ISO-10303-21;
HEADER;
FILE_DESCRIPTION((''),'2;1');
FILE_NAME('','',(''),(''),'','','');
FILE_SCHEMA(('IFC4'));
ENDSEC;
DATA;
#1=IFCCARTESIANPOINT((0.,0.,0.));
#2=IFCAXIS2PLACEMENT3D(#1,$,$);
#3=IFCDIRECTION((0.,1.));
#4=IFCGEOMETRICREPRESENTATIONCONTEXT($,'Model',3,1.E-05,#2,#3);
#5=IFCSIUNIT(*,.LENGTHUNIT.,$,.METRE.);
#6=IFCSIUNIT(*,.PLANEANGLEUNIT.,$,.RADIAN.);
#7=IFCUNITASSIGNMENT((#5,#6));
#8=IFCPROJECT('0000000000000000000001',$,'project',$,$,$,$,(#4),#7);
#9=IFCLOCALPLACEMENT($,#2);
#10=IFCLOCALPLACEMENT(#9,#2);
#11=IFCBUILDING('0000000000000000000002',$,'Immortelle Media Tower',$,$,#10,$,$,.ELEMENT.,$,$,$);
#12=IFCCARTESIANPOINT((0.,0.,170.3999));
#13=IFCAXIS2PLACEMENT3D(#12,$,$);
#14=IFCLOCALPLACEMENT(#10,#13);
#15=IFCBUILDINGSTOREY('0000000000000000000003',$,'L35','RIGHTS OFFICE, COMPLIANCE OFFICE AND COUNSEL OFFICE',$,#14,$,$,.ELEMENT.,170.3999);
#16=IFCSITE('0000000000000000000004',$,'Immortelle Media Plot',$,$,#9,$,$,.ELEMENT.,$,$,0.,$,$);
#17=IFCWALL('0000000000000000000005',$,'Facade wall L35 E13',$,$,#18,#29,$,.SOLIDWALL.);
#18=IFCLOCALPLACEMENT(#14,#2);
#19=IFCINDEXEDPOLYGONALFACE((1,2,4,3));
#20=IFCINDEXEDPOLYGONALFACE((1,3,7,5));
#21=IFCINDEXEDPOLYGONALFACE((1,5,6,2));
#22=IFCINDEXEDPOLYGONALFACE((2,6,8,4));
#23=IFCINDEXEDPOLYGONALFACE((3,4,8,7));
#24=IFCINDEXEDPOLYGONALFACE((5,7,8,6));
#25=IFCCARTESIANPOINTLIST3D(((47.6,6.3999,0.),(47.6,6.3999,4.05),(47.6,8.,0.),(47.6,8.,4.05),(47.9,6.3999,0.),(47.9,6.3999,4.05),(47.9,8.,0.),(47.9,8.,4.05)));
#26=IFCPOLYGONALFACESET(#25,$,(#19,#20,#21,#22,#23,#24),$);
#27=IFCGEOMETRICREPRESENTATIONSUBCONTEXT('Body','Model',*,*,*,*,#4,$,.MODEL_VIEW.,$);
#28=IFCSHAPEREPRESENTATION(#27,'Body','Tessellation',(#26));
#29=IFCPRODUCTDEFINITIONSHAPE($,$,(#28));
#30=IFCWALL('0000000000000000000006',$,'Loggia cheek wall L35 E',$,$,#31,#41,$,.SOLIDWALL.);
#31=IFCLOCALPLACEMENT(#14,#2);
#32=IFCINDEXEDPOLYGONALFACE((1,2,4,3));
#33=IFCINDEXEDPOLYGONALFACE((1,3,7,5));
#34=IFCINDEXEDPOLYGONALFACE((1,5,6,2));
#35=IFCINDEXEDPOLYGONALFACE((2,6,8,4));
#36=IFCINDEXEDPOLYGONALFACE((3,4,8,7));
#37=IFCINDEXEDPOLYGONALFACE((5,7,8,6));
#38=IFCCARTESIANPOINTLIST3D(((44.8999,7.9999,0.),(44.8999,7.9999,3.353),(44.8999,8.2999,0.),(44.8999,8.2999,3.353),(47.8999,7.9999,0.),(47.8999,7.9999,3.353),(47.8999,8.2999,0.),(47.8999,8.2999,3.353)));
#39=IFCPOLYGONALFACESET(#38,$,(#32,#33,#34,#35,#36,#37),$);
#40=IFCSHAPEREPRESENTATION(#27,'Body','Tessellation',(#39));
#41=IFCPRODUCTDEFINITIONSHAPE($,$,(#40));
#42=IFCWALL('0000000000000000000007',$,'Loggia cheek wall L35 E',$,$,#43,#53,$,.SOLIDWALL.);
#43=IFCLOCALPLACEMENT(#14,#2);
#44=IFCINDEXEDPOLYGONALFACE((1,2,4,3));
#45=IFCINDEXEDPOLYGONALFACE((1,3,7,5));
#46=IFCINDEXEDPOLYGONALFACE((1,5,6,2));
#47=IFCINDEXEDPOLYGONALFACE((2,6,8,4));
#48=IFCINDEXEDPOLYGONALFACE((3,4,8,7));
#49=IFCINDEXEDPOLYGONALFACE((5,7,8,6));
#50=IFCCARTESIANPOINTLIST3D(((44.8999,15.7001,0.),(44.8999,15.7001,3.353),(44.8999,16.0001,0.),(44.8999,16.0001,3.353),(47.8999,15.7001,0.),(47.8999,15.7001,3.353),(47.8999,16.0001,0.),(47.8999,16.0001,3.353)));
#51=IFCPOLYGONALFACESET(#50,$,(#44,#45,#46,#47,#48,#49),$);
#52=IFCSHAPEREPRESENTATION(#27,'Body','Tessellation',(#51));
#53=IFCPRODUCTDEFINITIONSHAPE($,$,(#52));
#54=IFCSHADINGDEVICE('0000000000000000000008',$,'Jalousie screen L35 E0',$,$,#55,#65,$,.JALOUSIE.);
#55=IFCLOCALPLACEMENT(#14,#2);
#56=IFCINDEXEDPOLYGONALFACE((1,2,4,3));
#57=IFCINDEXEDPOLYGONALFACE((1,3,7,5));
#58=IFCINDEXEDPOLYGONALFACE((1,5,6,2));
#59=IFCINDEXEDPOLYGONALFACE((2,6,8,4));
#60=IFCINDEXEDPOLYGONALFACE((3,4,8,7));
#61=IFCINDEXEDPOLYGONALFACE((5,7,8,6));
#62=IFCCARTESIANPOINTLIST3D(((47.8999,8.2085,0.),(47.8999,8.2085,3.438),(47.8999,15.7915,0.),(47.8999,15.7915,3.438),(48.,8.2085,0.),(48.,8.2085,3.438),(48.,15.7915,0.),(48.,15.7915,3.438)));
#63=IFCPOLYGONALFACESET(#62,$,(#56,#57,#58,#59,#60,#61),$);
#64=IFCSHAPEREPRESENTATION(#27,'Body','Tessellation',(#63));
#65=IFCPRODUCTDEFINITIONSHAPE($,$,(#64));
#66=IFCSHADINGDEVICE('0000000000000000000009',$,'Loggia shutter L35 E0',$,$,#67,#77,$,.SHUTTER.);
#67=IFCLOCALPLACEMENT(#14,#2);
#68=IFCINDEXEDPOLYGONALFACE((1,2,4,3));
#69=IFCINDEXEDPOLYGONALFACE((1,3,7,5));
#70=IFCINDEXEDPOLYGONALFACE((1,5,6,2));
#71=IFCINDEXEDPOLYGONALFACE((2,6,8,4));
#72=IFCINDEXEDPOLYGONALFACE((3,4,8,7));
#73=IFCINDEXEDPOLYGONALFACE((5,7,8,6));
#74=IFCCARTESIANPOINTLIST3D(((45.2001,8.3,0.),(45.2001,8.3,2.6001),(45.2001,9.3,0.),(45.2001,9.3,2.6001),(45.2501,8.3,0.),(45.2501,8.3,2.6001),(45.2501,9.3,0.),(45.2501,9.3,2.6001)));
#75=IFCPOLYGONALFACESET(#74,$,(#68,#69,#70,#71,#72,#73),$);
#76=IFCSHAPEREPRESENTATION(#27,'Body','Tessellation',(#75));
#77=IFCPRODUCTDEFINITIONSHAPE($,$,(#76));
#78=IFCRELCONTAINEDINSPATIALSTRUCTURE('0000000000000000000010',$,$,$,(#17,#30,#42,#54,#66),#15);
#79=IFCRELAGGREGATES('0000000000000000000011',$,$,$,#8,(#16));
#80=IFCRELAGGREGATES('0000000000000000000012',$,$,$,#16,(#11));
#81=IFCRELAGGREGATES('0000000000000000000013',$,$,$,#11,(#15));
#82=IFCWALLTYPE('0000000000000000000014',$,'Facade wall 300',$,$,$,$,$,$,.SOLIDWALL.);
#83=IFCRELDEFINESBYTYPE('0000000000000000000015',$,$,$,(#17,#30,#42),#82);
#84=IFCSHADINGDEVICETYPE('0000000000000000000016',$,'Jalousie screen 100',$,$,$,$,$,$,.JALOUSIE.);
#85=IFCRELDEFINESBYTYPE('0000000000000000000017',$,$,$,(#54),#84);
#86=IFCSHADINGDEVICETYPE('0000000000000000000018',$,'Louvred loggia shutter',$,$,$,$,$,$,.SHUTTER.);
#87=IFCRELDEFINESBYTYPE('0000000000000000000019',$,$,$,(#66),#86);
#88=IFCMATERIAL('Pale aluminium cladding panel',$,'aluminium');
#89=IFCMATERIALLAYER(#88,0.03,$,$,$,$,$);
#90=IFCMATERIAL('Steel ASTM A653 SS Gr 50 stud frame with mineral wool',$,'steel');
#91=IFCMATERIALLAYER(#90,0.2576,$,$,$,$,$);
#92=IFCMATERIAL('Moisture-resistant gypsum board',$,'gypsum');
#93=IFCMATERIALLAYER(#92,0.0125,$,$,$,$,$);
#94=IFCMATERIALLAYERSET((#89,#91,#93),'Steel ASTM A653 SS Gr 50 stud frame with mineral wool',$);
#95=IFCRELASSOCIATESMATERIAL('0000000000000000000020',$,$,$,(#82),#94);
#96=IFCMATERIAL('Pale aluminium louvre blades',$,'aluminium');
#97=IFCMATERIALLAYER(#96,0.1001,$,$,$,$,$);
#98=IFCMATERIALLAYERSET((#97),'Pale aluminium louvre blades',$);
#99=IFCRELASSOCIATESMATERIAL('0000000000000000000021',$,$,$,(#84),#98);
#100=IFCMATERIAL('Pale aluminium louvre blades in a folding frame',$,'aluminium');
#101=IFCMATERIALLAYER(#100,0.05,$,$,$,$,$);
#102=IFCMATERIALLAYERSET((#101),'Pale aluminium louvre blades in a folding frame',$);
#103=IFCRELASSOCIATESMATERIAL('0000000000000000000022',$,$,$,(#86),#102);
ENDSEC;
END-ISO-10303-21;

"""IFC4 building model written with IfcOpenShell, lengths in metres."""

from ifc_helpers import new_model, si_unit, direction, frame, frame_2d, origin, origin_2d, place, context, subcontext, project, spatial, rectangle, extrude, material, layer, layer_set, type_object, element, save


model = new_model("IFC4")

# Units and contexts
model_context = context("Model", 3, precision=1e-05, world=origin(), true_north=direction((0.0, 1.0)))
body_context = subcontext(model_context, "Body", "Model", "MODEL_VIEW")
ifc_project = project(units=[si_unit("LENGTHUNIT", "METRE"), si_unit("PLANEANGLEUNIT", "RADIAN")], contexts=[model_context])

# Site, building, storey
site_placement = place(None, origin())
site = spatial("IfcSite", under=ifc_project, at=site_placement, Name="Immortelle Media Plot", CompositionType="ELEMENT", RefElevation=0.0)
building_placement = place(site_placement, origin())
building = spatial("IfcBuilding", under=site, at=building_placement, Name="Immortelle Media Tower", CompositionType="ELEMENT")
storey_placement = place(building_placement, frame((0.0, 0.0, 170.3999)))
storey = spatial("IfcBuildingStorey", under=building, at=storey_placement, Name="L35", Description="RIGHTS OFFICE, COMPLIANCE OFFICE AND COUNSEL OFFICE", CompositionType="ELEMENT", Elevation=170.3999)

# Wall
ifc_material_1 = material(Name="Pale aluminium cladding panel", Category="aluminium")
ifc_layer_1 = layer(ifc_material_1, 0.03)
ifc_material_2 = material(Name="Steel ASTM A653 SS Gr 50 stud frame with mineral wool", Category="steel")
ifc_layer_2 = layer(ifc_material_2, 0.2576)
ifc_material_3 = material(Name="Moisture-resistant gypsum board", Category="gypsum")
ifc_layer_3 = layer(ifc_material_3, 0.0125)
ifc_layer_set_1 = layer_set([ifc_layer_1, ifc_layer_2, ifc_layer_3], Name="Steel ASTM A653 SS Gr 50 stud frame with mineral wool")
wall_type = type_object("IfcWallType", Name="Facade wall 300", PredefinedType="SOLIDWALL", material=ifc_layer_set_1)
wall_1_placement = place(storey_placement, frame((47.75, 6.3999, 0.0), z_axis=(0.0, 0.0, 1.0), x_axis=(0.0, 1.0, 0.0)))
element("IfcWall", 1, at=wall_1_placement, inside=storey, type_object=wall_type, Name="Facade wall L35 E13", PredefinedType="SOLIDWALL", context=body_context, shape_type="SweptSolid", body=[
    extrude(rectangle(XDim=1.6001, YDim=0.3, at=frame_2d((0.8, 0.0))), origin(), (0.0, 0.0, 1.0), 4.05),
])

# Walls
for number, where, z_axis, x_axis, name in (
    (2, (47.8999, 8.1499, 0.0), (0.0, 0.0, 1.0), (-1.0, 0.0, 0.0), "Loggia cheek wall L35 E"),
    (3, (47.8999, 15.8501, 0.0), (0.0, 0.0, 1.0), (-1.0, 0.0, 0.0), "Loggia cheek wall L35 E"),
):
    element("IfcWall", number, at=place(storey_placement, frame(where, z_axis=z_axis, x_axis=x_axis)), inside=storey, type_object=wall_type, Name=name, PredefinedType="SOLIDWALL", context=body_context, shape_type="SweptSolid", body=[
        extrude(rectangle(XDim=3.0, YDim=0.3, at=frame_2d((1.5, 0.0))), origin(), (0.0, 0.0, 1.0), 3.353),
    ])

# Shading devices
ifc_material_4 = material(Name="Pale aluminium louvre blades", Category="aluminium")
ifc_layer_4 = layer(ifc_material_4, 0.1001)
ifc_layer_set_2 = layer_set([ifc_layer_4], Name="Pale aluminium louvre blades")
shading_device_type_1 = type_object("IfcShadingDeviceType", Name="Jalousie screen 100", PredefinedType="JALOUSIE", material=ifc_layer_set_2)
shading_device_1_placement = place(storey_placement, frame((47.95, 12.0, 0.0), z_axis=(0.0, 0.0, 1.0), x_axis=(0.0, 1.0, 0.0)))
element("IfcShadingDevice", 4, at=shading_device_1_placement, inside=storey, type_object=shading_device_type_1, Name="Jalousie screen L35 E0", PredefinedType="JALOUSIE", context=body_context, shape_type="SweptSolid", body=[
    extrude(rectangle(XDim=7.583, YDim=0.1001, at=origin_2d()), origin(), (0.0, 0.0, 1.0), 3.438),
])
ifc_material_5 = material(Name="Pale aluminium louvre blades in a folding frame", Category="aluminium")
ifc_layer_5 = layer(ifc_material_5, 0.05)
ifc_layer_set_3 = layer_set([ifc_layer_5], Name="Pale aluminium louvre blades in a folding frame")
shading_device_type_2 = type_object("IfcShadingDeviceType", Name="Louvred loggia shutter", PredefinedType="SHUTTER", material=ifc_layer_set_3)
shading_device_2_placement = place(storey_placement, frame((45.2251, 8.8, 0.0), z_axis=(0.0, 0.0, 1.0), x_axis=(0.0, 1.0, 0.0)))
element("IfcShadingDevice", 5, at=shading_device_2_placement, inside=storey, type_object=shading_device_type_2, Name="Loggia shutter L35 E0", PredefinedType="SHUTTER", context=body_context, shape_type="SweptSolid", body=[
    extrude(rectangle(XDim=1.0, YDim=0.05, at=origin_2d()), origin(), (0.0, 0.0, 1.0), 2.6001),
])

save(model, "model.ifc")
